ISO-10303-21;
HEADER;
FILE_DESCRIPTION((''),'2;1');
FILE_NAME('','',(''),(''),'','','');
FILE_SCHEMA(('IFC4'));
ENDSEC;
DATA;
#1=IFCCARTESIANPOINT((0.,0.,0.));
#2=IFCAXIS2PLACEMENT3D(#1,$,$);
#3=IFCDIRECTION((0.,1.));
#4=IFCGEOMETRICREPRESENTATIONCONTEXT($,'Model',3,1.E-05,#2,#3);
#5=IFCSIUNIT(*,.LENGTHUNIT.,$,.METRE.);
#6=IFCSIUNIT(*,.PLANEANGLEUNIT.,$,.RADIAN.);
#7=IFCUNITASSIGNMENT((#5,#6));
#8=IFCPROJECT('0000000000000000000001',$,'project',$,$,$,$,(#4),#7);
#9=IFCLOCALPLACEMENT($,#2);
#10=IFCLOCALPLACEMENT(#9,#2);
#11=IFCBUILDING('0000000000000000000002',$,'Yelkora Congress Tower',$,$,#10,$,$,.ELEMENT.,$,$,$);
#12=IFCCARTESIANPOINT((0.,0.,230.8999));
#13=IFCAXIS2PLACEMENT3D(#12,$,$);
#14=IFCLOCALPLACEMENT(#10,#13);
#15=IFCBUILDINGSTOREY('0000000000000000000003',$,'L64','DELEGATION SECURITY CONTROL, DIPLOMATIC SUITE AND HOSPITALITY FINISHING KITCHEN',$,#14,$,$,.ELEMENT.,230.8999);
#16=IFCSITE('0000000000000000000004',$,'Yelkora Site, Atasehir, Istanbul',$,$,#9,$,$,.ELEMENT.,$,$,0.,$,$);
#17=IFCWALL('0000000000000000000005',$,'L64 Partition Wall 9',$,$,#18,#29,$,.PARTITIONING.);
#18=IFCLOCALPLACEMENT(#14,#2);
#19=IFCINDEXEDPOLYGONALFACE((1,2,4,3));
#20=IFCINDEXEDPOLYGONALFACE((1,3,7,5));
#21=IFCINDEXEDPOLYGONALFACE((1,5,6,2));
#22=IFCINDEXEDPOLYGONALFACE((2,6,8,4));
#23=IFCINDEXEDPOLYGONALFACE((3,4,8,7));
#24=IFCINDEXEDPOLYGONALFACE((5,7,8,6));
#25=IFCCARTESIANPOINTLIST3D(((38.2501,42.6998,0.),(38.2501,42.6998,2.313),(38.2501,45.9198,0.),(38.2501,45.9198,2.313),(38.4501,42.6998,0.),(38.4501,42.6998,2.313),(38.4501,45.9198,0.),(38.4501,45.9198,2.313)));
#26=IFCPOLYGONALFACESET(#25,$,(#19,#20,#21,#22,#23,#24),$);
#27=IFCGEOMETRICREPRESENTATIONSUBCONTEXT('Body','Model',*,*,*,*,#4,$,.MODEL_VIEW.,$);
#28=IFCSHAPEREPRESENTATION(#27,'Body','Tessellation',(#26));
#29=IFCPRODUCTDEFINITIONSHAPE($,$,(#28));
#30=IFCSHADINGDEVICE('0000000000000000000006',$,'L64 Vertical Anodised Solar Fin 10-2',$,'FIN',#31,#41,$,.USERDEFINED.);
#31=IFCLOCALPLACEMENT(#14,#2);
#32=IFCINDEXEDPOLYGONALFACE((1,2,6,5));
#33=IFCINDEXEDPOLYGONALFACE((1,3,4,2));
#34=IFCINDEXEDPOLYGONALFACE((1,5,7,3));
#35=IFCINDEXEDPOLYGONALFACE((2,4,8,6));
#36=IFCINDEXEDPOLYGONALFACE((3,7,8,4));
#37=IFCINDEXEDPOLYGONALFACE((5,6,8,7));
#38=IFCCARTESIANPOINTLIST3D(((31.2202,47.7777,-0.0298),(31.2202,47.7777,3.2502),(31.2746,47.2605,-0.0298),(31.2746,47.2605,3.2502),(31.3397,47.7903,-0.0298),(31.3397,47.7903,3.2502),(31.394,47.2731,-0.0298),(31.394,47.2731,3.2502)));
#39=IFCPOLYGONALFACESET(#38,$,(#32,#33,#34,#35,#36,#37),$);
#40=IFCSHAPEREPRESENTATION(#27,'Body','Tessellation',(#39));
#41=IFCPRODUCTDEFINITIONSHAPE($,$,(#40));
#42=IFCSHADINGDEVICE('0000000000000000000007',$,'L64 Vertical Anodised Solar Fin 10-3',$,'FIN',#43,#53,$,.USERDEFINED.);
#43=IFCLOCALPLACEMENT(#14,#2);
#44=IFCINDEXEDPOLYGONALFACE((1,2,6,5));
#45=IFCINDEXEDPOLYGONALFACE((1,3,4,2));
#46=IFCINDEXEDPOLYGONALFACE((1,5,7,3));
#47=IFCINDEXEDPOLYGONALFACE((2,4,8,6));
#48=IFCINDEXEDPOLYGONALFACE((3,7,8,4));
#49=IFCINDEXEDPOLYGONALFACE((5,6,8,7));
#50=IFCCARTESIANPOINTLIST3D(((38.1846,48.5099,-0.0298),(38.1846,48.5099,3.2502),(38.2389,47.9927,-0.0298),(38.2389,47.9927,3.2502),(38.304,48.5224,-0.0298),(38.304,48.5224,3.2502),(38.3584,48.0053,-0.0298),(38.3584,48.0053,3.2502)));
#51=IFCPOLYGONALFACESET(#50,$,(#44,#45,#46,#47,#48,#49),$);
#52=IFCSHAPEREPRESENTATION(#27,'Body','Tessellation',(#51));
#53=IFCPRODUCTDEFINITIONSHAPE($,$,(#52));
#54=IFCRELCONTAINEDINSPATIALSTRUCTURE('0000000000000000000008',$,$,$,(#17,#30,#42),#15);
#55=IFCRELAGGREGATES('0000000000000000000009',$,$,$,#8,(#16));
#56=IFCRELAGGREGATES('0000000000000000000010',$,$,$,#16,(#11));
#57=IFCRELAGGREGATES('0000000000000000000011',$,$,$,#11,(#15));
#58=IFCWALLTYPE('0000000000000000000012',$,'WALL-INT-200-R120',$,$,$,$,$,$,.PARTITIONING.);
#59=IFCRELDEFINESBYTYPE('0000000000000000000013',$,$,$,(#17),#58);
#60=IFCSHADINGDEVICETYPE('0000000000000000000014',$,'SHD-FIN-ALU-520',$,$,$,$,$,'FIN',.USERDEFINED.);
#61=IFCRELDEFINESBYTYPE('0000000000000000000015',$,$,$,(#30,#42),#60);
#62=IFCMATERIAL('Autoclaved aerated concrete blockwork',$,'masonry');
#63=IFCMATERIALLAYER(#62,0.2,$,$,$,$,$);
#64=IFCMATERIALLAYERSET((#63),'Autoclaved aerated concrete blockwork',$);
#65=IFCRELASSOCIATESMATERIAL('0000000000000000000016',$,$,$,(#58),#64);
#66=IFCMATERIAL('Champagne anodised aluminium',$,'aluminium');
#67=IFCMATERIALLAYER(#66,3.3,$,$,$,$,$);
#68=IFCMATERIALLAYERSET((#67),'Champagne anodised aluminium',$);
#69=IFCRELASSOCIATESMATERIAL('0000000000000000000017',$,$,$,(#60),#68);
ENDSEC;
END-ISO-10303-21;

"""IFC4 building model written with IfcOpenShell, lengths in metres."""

from ifc_helpers import new_model, si_unit, direction, frame, frame_2d, origin, origin_2d, place, context, subcontext, project, spatial, rectangle, extrude, material, layer, layer_set, type_object, element, save


model = new_model("IFC4")

# Units and contexts
model_context = context("Model", 3, precision=1e-05, world=origin(), true_north=direction((0.0, 1.0)))
body_context = subcontext(model_context, "Body", "Model", "MODEL_VIEW")
ifc_project = project(units=[si_unit("LENGTHUNIT", "METRE"), si_unit("PLANEANGLEUNIT", "RADIAN")], contexts=[model_context])

# Site, building, storey
site_placement = place(None, origin())
site = spatial("IfcSite", under=ifc_project, at=site_placement, Name="Yelkora Site, Atasehir, Istanbul", CompositionType="ELEMENT", RefElevation=0.0)
building_placement = place(site_placement, origin())
building = spatial("IfcBuilding", under=site, at=building_placement, Name="Yelkora Congress Tower", CompositionType="ELEMENT")
storey_placement = place(building_placement, frame((0.0, 0.0, 230.8999)))
storey = spatial("IfcBuildingStorey", under=building, at=storey_placement, Name="L64", Description="DELEGATION SECURITY CONTROL, DIPLOMATIC SUITE AND HOSPITALITY FINISHING KITCHEN", CompositionType="ELEMENT", Elevation=230.8999)

# Shared definitions
ifc_material_1 = material(Name="Autoclaved aerated concrete blockwork", Category="masonry")
ifc_layer_1 = layer(ifc_material_1, 0.2)
ifc_layer_set_1 = layer_set([ifc_layer_1], Name="Autoclaved aerated concrete blockwork")
wall_type_1 = type_object("IfcWallType", Name="WALL-INT-200-R120", PredefinedType="PARTITIONING", material=ifc_layer_set_1)

# Wall
wall_1_placement = place(storey_placement, frame((38.3501, 42.7, 0.0), z_axis=(0.0, 0.0, 1.0), x_axis=(0.0, 1.0, 0.0)))
element("IfcWall", 1, at=wall_1_placement, inside=storey, type_object=wall_type_1, Name="L64 Partition Wall 9", PredefinedType="PARTITIONING", context=body_context, shape_type="SweptSolid", body=[
    extrude(rectangle(XDim=3.22, YDim=0.2, at=frame_2d((1.6099, 0.0))), origin(), (0.0, 0.0, 1.0), 2.313),
])

# Shading devices
ifc_material_2 = material(Name="Champagne anodised aluminium", Category="aluminium")
ifc_layer_2 = layer(ifc_material_2, 3.3)
ifc_layer_set_2 = layer_set([ifc_layer_2], Name="Champagne anodised aluminium")
shading_device_type = type_object("IfcShadingDeviceType", Name="SHD-FIN-ALU-520", ElementType="FIN", PredefinedType="USERDEFINED", material=ifc_layer_set_2)
for number, where, z_axis, x_axis, name in (
    (2, (31.3071, 47.5254, -0.0298), (0.0, 0.0, 1.0), (0.994522, 0.104528, 0.0), "L64 Vertical Anodised Solar Fin 10-2"),
    (3, (38.2715, 48.2576, -0.0298), (0.0, 0.0, 1.0), (0.994522, 0.104528, 0.0), "L64 Vertical Anodised Solar Fin 10-3"),
):
    element("IfcShadingDevice", number, at=place(storey_placement, frame(where, z_axis=z_axis, x_axis=x_axis)), inside=storey, type_object=shading_device_type, Name=name, ObjectType="FIN", PredefinedType="USERDEFINED", context=body_context, shape_type="SweptSolid", body=[
        extrude(rectangle(XDim=0.1201, YDim=0.52, at=origin_2d()), origin(), (0.0, 0.0, 1.0), 3.28),
    ])

save(model, "model.ifc")
